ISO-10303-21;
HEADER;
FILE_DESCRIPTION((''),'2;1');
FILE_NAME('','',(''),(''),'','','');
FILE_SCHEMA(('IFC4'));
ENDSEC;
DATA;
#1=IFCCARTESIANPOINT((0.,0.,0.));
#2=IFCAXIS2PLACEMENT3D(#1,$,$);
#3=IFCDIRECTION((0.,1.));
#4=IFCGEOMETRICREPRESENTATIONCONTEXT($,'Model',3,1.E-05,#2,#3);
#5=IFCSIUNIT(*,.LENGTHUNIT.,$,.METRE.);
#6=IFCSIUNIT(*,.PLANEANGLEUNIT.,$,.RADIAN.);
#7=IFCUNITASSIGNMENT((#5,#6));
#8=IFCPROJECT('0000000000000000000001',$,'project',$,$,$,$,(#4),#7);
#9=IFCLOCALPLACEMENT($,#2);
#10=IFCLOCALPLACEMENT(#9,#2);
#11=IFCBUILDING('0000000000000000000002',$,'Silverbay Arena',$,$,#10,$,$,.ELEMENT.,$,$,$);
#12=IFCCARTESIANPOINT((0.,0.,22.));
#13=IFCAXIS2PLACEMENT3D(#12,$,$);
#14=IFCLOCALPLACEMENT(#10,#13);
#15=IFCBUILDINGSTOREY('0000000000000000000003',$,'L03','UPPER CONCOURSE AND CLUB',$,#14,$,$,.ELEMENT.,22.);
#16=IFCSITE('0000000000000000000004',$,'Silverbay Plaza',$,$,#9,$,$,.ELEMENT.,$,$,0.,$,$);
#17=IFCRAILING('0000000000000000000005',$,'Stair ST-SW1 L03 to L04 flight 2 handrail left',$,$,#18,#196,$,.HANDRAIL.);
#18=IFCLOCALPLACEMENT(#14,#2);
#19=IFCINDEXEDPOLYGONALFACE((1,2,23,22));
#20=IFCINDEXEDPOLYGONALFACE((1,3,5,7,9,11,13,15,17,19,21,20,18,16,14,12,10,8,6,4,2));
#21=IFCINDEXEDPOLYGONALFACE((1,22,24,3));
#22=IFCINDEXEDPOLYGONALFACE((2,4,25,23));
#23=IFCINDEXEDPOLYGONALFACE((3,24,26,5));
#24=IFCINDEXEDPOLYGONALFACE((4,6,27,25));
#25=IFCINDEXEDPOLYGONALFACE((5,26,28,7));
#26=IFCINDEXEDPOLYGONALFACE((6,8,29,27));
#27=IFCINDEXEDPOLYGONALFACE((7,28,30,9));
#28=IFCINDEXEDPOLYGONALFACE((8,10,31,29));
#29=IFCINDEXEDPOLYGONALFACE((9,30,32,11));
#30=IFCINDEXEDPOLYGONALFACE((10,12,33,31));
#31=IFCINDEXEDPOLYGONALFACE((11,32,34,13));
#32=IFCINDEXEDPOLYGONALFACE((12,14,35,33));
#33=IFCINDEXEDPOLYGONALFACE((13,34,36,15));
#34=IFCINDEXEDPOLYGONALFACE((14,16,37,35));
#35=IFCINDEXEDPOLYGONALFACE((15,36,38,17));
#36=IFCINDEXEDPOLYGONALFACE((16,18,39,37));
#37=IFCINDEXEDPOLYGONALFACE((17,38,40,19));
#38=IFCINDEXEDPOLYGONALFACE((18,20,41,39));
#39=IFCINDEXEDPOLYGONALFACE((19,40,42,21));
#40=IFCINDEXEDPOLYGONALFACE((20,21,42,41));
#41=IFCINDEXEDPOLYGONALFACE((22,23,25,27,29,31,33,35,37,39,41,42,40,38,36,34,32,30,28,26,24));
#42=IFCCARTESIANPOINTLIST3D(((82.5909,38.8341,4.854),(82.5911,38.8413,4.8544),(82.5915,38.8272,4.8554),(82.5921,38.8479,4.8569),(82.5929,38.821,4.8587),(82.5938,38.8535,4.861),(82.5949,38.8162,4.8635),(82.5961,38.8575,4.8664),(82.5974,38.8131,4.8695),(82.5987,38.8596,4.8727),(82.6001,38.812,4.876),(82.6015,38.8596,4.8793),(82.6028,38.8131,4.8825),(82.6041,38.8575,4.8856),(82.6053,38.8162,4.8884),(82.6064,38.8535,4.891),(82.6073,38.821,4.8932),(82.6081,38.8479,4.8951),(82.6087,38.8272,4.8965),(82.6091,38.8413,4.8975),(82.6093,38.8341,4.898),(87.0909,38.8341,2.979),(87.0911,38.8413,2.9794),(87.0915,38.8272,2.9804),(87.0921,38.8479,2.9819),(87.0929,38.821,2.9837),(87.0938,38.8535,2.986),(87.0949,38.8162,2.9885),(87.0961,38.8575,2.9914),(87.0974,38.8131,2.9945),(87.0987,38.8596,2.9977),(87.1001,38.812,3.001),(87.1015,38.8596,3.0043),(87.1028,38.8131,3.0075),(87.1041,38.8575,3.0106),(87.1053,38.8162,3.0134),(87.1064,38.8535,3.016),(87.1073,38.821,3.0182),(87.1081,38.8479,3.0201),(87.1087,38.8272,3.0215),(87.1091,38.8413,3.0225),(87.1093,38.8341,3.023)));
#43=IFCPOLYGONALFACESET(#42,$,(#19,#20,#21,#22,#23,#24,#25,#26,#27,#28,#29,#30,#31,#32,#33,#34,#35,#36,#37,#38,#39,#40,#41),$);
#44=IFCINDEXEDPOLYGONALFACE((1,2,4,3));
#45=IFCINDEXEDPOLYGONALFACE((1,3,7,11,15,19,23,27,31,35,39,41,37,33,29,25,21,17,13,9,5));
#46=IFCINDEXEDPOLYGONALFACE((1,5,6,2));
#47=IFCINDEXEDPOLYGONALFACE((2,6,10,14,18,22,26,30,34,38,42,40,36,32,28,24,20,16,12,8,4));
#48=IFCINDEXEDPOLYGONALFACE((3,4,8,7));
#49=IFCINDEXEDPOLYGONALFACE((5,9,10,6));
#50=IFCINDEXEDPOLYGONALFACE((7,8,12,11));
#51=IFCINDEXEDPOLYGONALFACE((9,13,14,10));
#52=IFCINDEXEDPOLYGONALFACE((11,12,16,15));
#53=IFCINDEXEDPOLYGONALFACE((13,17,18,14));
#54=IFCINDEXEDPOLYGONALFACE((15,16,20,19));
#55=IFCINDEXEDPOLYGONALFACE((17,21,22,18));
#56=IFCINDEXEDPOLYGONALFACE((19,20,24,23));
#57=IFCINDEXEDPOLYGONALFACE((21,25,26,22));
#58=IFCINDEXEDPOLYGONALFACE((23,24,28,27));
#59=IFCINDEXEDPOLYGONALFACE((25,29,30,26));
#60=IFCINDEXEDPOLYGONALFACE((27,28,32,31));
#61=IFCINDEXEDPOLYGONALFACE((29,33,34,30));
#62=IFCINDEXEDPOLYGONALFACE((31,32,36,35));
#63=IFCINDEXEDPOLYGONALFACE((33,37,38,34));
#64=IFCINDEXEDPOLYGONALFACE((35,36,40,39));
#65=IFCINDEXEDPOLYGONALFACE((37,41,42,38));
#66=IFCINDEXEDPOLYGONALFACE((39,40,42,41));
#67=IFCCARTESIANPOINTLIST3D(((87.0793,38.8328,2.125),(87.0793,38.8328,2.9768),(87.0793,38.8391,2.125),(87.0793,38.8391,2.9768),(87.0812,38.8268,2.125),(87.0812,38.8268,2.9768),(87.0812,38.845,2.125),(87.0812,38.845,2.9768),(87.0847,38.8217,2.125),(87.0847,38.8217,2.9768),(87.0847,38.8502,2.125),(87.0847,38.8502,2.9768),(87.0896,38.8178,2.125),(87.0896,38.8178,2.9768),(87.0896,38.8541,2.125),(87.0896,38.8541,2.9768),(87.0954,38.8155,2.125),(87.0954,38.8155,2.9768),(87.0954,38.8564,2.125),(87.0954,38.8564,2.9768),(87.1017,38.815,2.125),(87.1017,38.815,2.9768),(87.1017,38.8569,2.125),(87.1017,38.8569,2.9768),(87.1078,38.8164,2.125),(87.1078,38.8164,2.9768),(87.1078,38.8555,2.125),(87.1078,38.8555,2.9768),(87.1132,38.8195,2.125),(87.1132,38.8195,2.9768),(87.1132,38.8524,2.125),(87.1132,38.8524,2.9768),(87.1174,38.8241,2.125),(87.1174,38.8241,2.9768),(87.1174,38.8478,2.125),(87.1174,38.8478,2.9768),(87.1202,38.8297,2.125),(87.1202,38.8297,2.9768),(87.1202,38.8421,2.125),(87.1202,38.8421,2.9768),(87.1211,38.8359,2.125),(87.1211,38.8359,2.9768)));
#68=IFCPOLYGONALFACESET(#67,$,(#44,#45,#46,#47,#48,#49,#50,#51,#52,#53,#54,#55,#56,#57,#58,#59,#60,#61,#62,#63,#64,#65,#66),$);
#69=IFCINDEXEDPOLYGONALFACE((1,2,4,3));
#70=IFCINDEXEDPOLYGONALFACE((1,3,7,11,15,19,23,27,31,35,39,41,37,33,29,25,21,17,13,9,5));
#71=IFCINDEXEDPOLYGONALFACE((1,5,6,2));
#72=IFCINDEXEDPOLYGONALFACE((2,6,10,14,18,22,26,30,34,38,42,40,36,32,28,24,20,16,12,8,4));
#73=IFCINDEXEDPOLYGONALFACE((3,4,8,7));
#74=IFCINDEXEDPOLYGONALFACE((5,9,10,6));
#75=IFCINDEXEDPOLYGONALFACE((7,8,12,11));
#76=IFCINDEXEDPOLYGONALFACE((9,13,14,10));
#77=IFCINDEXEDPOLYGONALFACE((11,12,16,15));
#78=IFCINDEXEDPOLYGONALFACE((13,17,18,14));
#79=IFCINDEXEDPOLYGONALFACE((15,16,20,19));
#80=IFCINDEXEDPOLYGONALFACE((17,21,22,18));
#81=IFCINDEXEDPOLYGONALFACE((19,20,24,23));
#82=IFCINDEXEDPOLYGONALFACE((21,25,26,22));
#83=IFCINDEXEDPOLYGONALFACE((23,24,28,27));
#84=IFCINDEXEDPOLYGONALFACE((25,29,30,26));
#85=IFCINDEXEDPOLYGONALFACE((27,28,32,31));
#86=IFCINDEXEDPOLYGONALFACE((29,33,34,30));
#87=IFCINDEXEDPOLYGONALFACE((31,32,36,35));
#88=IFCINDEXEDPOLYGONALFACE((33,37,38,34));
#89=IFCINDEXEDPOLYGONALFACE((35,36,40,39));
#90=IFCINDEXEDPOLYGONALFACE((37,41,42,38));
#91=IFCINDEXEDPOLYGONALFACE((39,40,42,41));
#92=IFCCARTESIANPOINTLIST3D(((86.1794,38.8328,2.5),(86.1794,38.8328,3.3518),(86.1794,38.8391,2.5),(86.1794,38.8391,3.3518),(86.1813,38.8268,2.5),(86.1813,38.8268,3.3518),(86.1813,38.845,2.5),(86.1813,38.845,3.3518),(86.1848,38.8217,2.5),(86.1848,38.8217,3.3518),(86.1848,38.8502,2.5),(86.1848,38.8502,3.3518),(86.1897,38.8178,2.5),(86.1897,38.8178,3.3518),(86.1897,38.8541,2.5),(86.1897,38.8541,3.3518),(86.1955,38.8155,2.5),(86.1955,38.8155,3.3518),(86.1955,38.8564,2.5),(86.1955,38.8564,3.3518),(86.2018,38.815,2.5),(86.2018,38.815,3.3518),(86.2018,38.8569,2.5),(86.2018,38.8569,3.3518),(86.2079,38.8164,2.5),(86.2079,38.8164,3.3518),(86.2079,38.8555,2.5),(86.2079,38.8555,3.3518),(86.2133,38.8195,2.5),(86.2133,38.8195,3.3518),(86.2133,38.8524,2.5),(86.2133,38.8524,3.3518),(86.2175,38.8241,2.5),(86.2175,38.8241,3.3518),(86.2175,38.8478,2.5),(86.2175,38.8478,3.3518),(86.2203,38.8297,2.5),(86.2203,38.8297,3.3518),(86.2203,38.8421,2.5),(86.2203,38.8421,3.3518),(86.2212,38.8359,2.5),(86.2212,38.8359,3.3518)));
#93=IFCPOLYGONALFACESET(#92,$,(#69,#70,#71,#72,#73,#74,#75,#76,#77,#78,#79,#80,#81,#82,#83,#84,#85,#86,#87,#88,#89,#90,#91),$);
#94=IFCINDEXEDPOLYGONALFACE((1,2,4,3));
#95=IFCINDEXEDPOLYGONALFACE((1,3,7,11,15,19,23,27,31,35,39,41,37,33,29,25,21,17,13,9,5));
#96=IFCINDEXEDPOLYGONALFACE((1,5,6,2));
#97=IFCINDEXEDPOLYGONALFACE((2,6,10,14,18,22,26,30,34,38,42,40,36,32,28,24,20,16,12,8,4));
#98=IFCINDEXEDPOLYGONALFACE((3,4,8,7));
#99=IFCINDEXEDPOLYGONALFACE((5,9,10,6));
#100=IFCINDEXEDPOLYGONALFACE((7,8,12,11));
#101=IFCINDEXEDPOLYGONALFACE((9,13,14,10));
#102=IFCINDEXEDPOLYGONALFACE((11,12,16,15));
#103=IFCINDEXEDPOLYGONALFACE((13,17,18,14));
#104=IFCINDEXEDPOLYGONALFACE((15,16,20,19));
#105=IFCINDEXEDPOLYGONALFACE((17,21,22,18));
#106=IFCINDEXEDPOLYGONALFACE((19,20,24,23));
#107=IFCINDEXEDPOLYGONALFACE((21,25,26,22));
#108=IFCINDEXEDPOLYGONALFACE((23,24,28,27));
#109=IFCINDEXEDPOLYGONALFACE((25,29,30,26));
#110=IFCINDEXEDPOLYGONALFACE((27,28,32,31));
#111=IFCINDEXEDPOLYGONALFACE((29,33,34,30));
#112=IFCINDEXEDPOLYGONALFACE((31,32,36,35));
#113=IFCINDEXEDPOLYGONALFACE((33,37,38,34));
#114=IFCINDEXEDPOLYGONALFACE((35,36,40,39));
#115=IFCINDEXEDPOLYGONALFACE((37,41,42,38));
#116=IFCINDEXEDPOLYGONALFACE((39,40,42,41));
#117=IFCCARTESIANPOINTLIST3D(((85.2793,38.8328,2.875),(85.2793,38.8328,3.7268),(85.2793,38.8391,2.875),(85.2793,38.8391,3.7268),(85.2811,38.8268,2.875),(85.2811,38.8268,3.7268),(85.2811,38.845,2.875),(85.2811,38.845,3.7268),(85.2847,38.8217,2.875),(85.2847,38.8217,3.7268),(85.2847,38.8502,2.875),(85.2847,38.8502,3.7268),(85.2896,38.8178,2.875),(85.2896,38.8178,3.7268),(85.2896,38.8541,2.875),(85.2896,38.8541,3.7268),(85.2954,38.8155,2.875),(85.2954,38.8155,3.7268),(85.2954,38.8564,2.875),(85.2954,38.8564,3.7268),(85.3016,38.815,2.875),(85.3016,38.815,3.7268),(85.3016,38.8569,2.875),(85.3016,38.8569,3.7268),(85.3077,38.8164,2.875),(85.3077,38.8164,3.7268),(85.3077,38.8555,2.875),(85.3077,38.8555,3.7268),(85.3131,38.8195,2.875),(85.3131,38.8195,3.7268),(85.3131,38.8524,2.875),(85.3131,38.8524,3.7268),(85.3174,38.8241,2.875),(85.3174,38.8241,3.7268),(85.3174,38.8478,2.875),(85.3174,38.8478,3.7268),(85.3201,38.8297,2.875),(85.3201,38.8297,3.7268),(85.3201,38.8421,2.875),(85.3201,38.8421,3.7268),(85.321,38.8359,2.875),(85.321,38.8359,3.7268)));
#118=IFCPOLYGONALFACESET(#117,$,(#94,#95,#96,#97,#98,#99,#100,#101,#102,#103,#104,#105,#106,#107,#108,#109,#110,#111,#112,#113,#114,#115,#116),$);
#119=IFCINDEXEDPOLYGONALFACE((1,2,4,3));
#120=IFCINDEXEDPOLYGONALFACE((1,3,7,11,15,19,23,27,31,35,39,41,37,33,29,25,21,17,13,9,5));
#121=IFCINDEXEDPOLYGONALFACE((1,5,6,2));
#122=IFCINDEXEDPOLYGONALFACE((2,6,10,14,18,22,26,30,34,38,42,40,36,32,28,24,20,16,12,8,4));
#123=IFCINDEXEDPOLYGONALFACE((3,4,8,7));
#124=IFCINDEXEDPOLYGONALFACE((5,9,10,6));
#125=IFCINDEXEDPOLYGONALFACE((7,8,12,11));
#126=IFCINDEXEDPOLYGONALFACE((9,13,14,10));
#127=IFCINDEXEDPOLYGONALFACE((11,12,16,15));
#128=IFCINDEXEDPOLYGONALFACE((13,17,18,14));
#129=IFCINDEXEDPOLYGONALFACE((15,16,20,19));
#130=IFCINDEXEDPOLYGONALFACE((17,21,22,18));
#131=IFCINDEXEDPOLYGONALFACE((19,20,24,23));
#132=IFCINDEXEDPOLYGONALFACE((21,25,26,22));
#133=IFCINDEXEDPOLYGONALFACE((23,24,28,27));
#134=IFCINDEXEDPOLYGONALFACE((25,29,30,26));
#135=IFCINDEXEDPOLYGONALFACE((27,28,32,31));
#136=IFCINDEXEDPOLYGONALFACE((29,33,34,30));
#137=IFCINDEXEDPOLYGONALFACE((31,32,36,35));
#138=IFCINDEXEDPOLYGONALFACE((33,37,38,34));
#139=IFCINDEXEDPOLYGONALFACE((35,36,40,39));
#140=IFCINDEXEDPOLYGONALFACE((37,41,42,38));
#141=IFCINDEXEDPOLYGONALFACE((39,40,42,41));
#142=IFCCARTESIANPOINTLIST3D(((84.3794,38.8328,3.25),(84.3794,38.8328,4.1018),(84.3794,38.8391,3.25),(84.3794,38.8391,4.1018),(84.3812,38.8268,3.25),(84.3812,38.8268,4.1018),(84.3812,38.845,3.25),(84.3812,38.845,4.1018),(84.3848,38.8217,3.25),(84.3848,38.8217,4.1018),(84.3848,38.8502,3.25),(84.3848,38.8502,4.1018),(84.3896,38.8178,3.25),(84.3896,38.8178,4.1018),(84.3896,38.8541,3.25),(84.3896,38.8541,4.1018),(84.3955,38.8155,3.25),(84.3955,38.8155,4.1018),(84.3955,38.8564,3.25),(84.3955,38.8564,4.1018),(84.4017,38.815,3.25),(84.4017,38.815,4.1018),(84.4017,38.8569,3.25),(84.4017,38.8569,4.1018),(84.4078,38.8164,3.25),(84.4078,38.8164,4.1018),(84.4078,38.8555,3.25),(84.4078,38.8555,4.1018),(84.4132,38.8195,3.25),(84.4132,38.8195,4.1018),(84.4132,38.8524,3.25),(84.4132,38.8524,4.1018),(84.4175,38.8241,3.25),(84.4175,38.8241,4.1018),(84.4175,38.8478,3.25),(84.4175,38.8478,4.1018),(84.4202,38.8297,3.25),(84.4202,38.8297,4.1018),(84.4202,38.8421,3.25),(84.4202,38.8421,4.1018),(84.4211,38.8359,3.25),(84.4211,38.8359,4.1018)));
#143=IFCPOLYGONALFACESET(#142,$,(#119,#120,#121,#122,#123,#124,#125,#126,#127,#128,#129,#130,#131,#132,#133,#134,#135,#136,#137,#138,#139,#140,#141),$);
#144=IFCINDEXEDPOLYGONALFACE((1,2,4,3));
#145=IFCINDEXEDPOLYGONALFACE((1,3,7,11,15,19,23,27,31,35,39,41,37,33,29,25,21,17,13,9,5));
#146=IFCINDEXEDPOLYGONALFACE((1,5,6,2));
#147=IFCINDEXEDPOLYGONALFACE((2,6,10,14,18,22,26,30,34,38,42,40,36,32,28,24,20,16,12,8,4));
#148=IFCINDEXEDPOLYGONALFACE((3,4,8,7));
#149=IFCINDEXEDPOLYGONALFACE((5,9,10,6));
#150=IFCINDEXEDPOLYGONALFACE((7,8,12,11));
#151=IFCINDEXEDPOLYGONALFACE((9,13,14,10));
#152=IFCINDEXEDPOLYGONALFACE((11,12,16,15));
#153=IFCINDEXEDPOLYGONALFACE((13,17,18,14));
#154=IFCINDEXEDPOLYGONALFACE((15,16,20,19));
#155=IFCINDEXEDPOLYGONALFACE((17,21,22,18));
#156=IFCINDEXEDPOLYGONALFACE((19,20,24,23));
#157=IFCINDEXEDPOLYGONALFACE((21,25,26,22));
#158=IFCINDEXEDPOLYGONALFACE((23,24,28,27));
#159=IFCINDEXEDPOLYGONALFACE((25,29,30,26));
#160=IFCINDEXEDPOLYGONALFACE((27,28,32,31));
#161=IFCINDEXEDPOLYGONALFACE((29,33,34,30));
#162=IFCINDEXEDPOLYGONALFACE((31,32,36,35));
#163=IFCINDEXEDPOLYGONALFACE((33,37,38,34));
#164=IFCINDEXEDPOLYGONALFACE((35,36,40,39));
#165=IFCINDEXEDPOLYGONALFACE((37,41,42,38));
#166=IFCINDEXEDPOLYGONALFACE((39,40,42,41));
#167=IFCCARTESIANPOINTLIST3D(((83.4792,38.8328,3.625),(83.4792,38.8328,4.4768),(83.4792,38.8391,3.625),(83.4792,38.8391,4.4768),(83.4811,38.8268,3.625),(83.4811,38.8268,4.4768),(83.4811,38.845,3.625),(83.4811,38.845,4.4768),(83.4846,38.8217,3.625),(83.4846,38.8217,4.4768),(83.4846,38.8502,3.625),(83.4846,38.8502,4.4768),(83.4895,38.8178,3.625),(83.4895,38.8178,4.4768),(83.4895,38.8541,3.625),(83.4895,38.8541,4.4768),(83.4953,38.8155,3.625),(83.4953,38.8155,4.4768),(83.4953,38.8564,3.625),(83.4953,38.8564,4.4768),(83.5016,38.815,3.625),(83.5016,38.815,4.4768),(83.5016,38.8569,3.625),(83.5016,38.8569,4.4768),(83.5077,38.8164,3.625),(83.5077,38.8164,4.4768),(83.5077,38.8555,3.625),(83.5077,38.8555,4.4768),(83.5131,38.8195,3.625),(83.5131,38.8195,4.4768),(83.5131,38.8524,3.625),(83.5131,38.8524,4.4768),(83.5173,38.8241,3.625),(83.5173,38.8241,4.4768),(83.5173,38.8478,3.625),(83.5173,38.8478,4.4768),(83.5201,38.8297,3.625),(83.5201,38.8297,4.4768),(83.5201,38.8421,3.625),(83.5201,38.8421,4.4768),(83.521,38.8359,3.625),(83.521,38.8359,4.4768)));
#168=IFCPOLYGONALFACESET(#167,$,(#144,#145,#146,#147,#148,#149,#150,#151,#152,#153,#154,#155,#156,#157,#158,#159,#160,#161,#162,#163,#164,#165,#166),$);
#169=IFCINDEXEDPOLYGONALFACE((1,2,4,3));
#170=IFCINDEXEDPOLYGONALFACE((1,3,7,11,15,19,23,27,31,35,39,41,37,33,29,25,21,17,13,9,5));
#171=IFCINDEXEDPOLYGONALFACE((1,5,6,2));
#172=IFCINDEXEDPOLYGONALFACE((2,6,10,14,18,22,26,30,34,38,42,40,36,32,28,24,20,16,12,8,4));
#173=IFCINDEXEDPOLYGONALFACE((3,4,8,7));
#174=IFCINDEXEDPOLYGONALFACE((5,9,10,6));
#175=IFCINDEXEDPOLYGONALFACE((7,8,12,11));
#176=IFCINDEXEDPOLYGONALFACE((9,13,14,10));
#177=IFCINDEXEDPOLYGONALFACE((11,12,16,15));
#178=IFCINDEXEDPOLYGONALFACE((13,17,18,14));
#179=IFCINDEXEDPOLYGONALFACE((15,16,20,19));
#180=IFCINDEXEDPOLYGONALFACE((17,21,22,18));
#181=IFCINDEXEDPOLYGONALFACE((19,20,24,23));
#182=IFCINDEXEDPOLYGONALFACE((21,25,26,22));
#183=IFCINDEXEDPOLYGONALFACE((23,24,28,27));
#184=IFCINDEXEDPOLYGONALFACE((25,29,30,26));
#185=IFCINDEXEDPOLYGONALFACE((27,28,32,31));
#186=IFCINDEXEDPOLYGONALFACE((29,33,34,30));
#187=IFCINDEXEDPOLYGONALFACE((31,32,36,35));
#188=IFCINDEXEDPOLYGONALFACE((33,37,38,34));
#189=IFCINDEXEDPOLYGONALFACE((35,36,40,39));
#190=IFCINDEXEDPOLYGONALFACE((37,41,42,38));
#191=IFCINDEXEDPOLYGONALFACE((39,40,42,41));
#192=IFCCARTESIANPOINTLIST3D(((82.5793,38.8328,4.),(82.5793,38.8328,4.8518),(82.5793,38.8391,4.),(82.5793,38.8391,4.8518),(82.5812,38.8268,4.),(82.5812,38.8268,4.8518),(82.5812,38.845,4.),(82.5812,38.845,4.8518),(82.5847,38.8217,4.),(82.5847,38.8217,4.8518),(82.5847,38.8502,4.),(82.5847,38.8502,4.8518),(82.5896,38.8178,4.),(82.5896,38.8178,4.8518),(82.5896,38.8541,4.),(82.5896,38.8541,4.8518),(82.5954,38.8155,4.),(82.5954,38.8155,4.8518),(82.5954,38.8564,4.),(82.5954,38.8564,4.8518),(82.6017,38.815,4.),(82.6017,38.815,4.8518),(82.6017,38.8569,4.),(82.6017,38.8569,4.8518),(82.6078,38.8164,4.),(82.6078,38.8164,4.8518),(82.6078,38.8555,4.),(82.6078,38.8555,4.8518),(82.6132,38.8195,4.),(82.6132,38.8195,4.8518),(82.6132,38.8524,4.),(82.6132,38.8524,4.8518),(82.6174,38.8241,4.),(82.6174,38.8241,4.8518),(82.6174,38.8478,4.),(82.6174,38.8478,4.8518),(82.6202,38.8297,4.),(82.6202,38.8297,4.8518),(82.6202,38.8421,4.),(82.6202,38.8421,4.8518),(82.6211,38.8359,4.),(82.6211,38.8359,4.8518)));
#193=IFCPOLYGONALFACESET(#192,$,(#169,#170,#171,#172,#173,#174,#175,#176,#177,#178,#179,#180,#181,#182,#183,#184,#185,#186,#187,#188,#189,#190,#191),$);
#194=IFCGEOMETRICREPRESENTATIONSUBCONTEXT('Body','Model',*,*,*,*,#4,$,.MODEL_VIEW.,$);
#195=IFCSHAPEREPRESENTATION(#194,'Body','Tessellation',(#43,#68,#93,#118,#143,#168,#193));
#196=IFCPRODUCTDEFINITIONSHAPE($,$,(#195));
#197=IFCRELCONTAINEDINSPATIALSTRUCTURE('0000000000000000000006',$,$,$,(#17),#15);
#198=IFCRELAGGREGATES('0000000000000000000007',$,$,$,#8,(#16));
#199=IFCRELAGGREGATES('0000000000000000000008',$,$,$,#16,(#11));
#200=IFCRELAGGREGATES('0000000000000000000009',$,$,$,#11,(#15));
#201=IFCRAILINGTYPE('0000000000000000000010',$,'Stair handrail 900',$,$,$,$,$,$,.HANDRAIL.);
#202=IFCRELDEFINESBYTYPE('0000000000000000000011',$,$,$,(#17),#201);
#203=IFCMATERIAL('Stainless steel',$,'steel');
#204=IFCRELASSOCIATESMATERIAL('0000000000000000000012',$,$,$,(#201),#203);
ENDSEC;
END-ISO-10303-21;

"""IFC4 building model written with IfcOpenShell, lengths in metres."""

from ifc_helpers import new_model, si_unit, direction, frame, origin, origin_2d, place, context, subcontext, project, spatial, circle, extrude, material, type_object, element, save


model = new_model("IFC4")

# Units and contexts
model_context = context("Model", 3, precision=1e-05, world=origin(), true_north=direction((0.0, 1.0)))
body_context = subcontext(model_context, "Body", "Model", "MODEL_VIEW")
ifc_project = project(units=[si_unit("LENGTHUNIT", "METRE"), si_unit("PLANEANGLEUNIT", "RADIAN")], contexts=[model_context])

# Site, building, storey
site_placement = place(None, origin())
site = spatial("IfcSite", under=ifc_project, at=site_placement, Name="Silverbay Plaza", CompositionType="ELEMENT", RefElevation=0.0)
building_placement = place(site_placement, origin())
building = spatial("IfcBuilding", under=site, at=building_placement, Name="Silverbay Arena", CompositionType="ELEMENT")
storey_placement = place(building_placement, frame((0.0, 0.0, 22.0)))
storey = spatial("IfcBuildingStorey", under=building, at=storey_placement, Name="L03", Description="UPPER CONCOURSE AND CLUB", CompositionType="ELEMENT", Elevation=22.0)

# Railing
ifc_material_1 = material(Name="Stainless steel", Category="steel")
railing_type_1 = type_object("IfcRailingType", Name="Stair handrail 900", PredefinedType="HANDRAIL", material=ifc_material_1)
for number, where, name in (
    (1, (87.1001, 38.8359, 2.125), "Stair ST-SW1 L03 to L04 flight 2 handrail left"),
):
    element("IfcRailing", number, at=place(storey_placement, frame(where)), inside=storey, type_object=railing_type_1, Name=name, PredefinedType="HANDRAIL", context=body_context, shape_type="SweptSolid", body=[
        extrude(circle(Radius=0.0239, at=origin_2d()), frame((0.0, 0.0, 0.876), z_axis=(-0.923077, 0.0, 0.384615), x_axis=(0.0, -1.0, 0.0)), (0.0, 0.0, 1.0), 4.875),
        extrude(circle(Radius=0.021, at=origin_2d()), origin(), (0.0, 0.0, 1.0), 0.8518),
        extrude(circle(Radius=0.021, at=origin_2d()), frame((-0.8999, 0.0, 0.375)), (0.0, 0.0, 1.0), 0.8518),
        extrude(circle(Radius=0.021, at=origin_2d()), frame((-1.8, 0.0, 0.75)), (0.0, 0.0, 1.0), 0.8518),
        extrude(circle(Radius=0.021, at=origin_2d()), frame((-2.7, 0.0, 1.125)), (0.0, 0.0, 1.0), 0.8518),
        extrude(circle(Radius=0.021, at=origin_2d()), frame((-3.6001, 0.0, 1.5)), (0.0, 0.0, 1.0), 0.8518),
        extrude(circle(Radius=0.021, at=origin_2d()), frame((-4.5, 0.0, 1.875)), (0.0, 0.0, 1.0), 0.8518),
    ])

save(model, "model.ifc")
